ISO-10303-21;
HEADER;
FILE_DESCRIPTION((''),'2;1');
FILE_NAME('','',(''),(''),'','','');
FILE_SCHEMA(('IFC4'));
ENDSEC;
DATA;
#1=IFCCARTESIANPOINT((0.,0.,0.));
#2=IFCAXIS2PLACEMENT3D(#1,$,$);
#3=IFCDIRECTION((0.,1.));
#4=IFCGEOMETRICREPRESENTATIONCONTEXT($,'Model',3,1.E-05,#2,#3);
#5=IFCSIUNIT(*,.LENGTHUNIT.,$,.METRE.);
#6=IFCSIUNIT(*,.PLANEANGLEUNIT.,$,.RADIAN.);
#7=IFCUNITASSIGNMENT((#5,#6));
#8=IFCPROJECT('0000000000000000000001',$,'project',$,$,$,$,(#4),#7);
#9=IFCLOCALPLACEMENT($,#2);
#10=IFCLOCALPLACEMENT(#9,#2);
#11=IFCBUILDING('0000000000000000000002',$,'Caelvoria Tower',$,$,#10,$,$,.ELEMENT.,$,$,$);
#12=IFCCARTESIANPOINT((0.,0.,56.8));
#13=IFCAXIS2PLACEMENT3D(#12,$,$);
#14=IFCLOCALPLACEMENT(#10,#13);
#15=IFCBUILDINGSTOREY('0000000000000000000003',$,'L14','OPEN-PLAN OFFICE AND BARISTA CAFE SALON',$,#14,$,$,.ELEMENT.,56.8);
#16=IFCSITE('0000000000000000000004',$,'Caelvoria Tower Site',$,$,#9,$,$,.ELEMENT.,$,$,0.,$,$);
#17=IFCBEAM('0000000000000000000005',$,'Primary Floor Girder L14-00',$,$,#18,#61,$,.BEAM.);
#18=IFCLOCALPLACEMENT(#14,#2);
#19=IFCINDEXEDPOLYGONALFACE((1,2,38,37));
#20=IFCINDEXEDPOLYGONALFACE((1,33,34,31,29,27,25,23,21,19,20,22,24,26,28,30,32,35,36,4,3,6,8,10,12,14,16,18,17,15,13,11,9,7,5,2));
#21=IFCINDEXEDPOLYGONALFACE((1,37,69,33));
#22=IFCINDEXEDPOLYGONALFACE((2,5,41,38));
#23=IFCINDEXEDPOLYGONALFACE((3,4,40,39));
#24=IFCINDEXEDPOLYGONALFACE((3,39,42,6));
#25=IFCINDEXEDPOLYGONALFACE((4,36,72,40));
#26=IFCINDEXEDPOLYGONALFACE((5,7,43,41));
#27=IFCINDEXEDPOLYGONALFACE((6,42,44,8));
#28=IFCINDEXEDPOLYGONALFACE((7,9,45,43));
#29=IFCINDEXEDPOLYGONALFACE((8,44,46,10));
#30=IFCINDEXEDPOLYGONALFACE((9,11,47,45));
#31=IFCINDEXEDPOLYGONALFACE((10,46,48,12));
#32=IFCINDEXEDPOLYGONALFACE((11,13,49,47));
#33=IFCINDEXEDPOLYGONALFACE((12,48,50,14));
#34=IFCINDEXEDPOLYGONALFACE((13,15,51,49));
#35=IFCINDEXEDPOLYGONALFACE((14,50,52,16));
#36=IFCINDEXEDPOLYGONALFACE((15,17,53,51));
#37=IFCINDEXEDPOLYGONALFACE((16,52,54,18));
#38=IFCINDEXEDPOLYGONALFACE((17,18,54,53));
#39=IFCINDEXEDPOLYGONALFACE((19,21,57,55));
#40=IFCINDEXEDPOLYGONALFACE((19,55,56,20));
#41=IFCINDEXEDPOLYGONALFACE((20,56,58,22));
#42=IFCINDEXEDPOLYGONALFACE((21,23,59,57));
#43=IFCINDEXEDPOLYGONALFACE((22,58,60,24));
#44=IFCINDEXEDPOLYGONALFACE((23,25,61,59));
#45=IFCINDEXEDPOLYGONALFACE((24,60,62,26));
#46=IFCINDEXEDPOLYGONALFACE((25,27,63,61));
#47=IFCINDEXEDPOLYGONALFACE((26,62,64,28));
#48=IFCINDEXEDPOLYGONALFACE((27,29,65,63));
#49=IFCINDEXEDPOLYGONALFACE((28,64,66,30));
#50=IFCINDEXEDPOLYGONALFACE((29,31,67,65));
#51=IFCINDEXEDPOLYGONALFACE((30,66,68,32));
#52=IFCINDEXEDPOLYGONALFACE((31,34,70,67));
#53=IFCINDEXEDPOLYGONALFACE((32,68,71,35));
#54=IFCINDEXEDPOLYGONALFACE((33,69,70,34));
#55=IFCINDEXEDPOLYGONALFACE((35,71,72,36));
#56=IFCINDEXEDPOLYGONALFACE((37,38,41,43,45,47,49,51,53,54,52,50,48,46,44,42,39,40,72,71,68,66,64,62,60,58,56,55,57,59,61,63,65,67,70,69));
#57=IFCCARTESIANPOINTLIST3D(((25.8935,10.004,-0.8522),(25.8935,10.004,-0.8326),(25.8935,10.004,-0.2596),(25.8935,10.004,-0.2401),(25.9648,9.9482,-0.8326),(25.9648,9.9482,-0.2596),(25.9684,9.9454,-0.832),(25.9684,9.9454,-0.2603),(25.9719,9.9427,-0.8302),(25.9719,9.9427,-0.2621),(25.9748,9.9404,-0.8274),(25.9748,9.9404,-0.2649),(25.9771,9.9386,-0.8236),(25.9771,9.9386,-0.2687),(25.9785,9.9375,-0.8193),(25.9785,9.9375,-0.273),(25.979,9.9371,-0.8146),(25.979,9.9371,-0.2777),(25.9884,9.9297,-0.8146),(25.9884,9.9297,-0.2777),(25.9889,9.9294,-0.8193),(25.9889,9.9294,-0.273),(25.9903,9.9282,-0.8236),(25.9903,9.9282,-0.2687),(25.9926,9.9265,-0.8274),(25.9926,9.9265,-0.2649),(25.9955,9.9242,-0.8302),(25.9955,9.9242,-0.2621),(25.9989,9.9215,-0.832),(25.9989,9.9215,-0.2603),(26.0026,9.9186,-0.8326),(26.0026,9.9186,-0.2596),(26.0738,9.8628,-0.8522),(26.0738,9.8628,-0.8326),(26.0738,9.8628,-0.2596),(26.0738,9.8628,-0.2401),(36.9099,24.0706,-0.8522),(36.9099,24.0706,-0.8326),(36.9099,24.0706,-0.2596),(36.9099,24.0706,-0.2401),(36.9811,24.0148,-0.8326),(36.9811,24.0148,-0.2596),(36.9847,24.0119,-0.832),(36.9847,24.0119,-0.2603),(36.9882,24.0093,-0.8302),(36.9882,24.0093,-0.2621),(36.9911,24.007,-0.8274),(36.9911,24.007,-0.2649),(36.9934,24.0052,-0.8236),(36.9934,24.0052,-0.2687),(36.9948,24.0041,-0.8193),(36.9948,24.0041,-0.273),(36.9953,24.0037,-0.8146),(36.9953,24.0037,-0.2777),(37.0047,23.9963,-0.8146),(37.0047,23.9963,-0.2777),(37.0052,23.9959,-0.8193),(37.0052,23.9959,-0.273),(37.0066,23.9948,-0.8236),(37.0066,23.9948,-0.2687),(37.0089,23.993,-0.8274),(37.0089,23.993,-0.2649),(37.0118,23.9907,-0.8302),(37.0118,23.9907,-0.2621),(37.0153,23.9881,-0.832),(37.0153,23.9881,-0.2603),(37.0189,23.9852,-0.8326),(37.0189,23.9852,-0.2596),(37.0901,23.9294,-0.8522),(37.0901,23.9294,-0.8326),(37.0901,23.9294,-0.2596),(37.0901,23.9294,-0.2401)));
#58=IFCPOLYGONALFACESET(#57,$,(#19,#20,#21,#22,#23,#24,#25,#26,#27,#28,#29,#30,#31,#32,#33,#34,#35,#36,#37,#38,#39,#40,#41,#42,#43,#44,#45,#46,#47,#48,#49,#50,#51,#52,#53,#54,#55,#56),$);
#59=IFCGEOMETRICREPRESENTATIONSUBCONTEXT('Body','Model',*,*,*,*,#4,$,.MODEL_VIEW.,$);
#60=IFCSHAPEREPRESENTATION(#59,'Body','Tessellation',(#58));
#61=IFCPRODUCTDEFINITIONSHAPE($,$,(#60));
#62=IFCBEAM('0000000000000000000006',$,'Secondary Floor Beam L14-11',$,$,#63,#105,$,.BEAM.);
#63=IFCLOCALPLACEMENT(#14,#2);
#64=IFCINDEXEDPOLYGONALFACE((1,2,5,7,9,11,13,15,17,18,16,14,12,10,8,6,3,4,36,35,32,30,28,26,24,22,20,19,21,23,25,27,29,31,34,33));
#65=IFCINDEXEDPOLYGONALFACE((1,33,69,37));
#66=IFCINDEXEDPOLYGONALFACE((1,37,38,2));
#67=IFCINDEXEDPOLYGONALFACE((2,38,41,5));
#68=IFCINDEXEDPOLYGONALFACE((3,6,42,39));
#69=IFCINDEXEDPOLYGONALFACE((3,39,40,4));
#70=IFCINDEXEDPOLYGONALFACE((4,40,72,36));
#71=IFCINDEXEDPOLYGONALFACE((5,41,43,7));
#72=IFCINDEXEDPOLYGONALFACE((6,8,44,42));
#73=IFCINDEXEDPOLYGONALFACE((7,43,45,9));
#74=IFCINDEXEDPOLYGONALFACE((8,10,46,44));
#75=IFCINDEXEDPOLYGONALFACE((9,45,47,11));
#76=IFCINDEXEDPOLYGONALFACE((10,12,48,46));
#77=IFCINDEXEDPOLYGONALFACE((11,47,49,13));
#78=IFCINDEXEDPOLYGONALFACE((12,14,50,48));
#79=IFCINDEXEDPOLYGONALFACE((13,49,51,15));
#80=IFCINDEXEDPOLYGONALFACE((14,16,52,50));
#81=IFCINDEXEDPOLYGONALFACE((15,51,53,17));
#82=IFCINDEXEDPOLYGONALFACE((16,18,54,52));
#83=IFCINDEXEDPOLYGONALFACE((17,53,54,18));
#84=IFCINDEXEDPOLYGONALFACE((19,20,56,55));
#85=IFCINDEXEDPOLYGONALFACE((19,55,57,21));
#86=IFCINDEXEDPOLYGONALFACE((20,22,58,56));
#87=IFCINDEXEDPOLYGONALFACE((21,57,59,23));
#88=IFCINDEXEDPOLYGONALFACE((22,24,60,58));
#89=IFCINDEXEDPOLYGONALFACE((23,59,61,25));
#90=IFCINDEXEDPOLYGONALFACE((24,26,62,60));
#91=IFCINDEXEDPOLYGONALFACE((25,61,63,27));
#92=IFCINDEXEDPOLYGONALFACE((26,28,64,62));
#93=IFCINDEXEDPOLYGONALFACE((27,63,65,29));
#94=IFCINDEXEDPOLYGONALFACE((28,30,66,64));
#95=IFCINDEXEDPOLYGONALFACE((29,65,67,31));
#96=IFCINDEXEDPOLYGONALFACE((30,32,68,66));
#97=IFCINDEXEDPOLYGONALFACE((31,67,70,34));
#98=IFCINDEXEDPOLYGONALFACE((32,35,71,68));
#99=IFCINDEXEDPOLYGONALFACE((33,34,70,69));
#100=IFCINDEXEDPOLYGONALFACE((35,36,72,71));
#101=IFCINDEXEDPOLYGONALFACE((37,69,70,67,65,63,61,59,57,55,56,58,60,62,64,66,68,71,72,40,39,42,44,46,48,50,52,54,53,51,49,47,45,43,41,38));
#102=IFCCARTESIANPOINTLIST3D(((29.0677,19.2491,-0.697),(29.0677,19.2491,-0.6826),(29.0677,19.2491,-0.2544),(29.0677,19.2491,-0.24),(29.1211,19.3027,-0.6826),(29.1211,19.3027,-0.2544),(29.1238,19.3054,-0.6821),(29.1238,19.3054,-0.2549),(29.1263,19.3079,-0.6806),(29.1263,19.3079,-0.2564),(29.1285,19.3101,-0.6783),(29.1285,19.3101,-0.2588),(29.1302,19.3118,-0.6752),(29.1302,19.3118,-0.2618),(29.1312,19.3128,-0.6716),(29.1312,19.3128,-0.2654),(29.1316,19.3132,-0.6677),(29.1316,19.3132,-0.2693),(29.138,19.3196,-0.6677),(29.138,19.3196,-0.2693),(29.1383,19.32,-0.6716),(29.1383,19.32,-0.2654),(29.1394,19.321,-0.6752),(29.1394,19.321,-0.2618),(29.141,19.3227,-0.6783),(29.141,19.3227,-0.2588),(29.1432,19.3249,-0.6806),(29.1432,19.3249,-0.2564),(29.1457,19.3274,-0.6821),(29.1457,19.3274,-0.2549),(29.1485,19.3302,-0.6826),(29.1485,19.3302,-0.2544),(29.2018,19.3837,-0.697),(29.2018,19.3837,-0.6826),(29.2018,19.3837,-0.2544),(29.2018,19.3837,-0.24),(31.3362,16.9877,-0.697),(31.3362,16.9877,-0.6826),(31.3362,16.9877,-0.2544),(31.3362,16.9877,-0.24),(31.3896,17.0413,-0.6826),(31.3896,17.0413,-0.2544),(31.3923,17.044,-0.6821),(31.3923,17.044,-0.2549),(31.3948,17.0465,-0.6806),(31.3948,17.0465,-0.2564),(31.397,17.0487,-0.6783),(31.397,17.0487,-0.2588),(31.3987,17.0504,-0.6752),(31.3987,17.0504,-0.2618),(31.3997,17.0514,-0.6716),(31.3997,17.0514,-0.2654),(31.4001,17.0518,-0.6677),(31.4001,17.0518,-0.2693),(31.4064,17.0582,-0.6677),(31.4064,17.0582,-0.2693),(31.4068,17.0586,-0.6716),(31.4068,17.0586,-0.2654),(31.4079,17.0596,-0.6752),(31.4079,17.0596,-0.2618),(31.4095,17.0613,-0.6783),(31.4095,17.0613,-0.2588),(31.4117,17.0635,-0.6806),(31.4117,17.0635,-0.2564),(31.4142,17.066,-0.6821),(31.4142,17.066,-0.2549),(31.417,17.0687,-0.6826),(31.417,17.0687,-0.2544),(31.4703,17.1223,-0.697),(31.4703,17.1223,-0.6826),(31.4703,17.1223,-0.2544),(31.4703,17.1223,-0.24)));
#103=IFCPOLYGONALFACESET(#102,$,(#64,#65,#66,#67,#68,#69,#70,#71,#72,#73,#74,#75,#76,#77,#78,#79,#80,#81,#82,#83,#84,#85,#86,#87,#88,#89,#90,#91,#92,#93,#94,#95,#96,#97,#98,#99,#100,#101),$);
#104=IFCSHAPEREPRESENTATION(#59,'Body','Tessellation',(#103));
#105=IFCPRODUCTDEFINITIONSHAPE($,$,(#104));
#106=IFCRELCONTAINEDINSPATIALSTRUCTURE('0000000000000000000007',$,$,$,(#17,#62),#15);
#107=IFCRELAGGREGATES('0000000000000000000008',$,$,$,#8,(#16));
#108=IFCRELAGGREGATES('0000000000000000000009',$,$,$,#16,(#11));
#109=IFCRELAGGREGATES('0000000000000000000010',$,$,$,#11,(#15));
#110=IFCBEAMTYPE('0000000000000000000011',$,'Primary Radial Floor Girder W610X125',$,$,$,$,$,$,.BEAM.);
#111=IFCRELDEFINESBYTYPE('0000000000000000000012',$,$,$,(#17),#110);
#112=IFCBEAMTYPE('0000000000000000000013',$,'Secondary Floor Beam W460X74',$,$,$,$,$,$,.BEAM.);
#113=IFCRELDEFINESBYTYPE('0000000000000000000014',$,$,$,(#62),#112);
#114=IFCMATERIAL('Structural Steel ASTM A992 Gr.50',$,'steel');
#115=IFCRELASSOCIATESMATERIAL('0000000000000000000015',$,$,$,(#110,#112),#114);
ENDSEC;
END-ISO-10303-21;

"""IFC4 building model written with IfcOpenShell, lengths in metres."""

from ifc_helpers import new_model, si_unit, direction, frame, origin, origin_2d, place, context, subcontext, project, spatial, i_section, extrude, material, material_profile, profile_set, type_object, element, save


model = new_model("IFC4")

# Units and contexts
model_context = context("Model", 3, precision=1e-05, world=origin(), true_north=direction((0.0, 1.0)))
body_context = subcontext(model_context, "Body", "Model", "MODEL_VIEW")
ifc_project = project(units=[si_unit("LENGTHUNIT", "METRE"), si_unit("PLANEANGLEUNIT", "RADIAN")], contexts=[model_context])

# Site, building, storey
site_placement = place(None, origin())
site = spatial("IfcSite", under=ifc_project, at=site_placement, Name="Caelvoria Tower Site", CompositionType="ELEMENT", RefElevation=0.0)
building_placement = place(site_placement, origin())
building = spatial("IfcBuilding", under=site, at=building_placement, Name="Caelvoria Tower", CompositionType="ELEMENT")
storey_placement = place(building_placement, frame((0.0, 0.0, 56.8)))
storey = spatial("IfcBuildingStorey", under=building, at=storey_placement, Name="L14", Description="OPEN-PLAN OFFICE AND BARISTA CAFE SALON", CompositionType="ELEMENT", Elevation=56.8)

# Beams
ifc_material_1 = material(Name="Structural Steel ASTM A992 Gr.50", Category="steel")
ifc_material_profile_1 = material_profile(ifc_material_1, i_section(OverallWidth=0.229, OverallDepth=0.6121, WebThickness=0.012, FlangeThickness=0.0195, FilletRadius=0.0181, at=origin_2d()), Name="Structural Steel ASTM A992 Gr.50")
ifc_profile_set_1 = profile_set([ifc_material_profile_1], Name="W610X125 - Structural Steel ASTM A992 Gr.50")
beam_type_1 = type_object("IfcBeamType", Name="Primary Radial Floor Girder W610X125", PredefinedType="BEAM", material=ifc_profile_set_1)
beam_1_placement = place(storey_placement, frame((37.0, 24.0, -0.5461), z_axis=(-0.616575, -0.787296, 0.0), x_axis=(0.787296, -0.616575, 0.0)))
element("IfcBeam", 1, at=beam_1_placement, inside=storey, type_object=beam_type_1, Name="Primary Floor Girder L14-00", PredefinedType="BEAM", context=body_context, shape_type="SweptSolid", body=[
    extrude(i_section(OverallWidth=0.229, OverallDepth=0.6121, WebThickness=0.012, FlangeThickness=0.0195, FilletRadius=0.0181, at=origin_2d()), origin(), (0.0, 0.0, 1.0), 17.8669),
])
ifc_material_profile_2 = material_profile(ifc_material_1, i_section(OverallWidth=0.1899, OverallDepth=0.457, WebThickness=0.009, FlangeThickness=0.0144, FilletRadius=0.0149, at=origin_2d()), Name="Structural Steel ASTM A992 Gr.50")
ifc_profile_set_2 = profile_set([ifc_material_profile_2], Name="W460X74 - Structural Steel ASTM A992 Gr.50")
beam_type_2 = type_object("IfcBeamType", Name="Secondary Floor Beam W460X74", PredefinedType="BEAM", material=ifc_profile_set_2)
beam_2_placement = place(storey_placement, frame((29.1348, 19.3164, -0.4685), z_axis=(0.708211, -0.706001, 0.0), x_axis=(0.706001, 0.708211, 0.0)))
element("IfcBeam", 2, at=beam_2_placement, inside=storey, type_object=beam_type_2, Name="Secondary Floor Beam L14-11", PredefinedType="BEAM", context=body_context, shape_type="SweptSolid", body=[
    extrude(i_section(OverallWidth=0.1899, OverallDepth=0.457, WebThickness=0.009, FlangeThickness=0.0144, FilletRadius=0.0149, at=origin_2d()), origin(), (0.0, 0.0, 1.0), 3.2031),
])

save(model, "model.ifc")
